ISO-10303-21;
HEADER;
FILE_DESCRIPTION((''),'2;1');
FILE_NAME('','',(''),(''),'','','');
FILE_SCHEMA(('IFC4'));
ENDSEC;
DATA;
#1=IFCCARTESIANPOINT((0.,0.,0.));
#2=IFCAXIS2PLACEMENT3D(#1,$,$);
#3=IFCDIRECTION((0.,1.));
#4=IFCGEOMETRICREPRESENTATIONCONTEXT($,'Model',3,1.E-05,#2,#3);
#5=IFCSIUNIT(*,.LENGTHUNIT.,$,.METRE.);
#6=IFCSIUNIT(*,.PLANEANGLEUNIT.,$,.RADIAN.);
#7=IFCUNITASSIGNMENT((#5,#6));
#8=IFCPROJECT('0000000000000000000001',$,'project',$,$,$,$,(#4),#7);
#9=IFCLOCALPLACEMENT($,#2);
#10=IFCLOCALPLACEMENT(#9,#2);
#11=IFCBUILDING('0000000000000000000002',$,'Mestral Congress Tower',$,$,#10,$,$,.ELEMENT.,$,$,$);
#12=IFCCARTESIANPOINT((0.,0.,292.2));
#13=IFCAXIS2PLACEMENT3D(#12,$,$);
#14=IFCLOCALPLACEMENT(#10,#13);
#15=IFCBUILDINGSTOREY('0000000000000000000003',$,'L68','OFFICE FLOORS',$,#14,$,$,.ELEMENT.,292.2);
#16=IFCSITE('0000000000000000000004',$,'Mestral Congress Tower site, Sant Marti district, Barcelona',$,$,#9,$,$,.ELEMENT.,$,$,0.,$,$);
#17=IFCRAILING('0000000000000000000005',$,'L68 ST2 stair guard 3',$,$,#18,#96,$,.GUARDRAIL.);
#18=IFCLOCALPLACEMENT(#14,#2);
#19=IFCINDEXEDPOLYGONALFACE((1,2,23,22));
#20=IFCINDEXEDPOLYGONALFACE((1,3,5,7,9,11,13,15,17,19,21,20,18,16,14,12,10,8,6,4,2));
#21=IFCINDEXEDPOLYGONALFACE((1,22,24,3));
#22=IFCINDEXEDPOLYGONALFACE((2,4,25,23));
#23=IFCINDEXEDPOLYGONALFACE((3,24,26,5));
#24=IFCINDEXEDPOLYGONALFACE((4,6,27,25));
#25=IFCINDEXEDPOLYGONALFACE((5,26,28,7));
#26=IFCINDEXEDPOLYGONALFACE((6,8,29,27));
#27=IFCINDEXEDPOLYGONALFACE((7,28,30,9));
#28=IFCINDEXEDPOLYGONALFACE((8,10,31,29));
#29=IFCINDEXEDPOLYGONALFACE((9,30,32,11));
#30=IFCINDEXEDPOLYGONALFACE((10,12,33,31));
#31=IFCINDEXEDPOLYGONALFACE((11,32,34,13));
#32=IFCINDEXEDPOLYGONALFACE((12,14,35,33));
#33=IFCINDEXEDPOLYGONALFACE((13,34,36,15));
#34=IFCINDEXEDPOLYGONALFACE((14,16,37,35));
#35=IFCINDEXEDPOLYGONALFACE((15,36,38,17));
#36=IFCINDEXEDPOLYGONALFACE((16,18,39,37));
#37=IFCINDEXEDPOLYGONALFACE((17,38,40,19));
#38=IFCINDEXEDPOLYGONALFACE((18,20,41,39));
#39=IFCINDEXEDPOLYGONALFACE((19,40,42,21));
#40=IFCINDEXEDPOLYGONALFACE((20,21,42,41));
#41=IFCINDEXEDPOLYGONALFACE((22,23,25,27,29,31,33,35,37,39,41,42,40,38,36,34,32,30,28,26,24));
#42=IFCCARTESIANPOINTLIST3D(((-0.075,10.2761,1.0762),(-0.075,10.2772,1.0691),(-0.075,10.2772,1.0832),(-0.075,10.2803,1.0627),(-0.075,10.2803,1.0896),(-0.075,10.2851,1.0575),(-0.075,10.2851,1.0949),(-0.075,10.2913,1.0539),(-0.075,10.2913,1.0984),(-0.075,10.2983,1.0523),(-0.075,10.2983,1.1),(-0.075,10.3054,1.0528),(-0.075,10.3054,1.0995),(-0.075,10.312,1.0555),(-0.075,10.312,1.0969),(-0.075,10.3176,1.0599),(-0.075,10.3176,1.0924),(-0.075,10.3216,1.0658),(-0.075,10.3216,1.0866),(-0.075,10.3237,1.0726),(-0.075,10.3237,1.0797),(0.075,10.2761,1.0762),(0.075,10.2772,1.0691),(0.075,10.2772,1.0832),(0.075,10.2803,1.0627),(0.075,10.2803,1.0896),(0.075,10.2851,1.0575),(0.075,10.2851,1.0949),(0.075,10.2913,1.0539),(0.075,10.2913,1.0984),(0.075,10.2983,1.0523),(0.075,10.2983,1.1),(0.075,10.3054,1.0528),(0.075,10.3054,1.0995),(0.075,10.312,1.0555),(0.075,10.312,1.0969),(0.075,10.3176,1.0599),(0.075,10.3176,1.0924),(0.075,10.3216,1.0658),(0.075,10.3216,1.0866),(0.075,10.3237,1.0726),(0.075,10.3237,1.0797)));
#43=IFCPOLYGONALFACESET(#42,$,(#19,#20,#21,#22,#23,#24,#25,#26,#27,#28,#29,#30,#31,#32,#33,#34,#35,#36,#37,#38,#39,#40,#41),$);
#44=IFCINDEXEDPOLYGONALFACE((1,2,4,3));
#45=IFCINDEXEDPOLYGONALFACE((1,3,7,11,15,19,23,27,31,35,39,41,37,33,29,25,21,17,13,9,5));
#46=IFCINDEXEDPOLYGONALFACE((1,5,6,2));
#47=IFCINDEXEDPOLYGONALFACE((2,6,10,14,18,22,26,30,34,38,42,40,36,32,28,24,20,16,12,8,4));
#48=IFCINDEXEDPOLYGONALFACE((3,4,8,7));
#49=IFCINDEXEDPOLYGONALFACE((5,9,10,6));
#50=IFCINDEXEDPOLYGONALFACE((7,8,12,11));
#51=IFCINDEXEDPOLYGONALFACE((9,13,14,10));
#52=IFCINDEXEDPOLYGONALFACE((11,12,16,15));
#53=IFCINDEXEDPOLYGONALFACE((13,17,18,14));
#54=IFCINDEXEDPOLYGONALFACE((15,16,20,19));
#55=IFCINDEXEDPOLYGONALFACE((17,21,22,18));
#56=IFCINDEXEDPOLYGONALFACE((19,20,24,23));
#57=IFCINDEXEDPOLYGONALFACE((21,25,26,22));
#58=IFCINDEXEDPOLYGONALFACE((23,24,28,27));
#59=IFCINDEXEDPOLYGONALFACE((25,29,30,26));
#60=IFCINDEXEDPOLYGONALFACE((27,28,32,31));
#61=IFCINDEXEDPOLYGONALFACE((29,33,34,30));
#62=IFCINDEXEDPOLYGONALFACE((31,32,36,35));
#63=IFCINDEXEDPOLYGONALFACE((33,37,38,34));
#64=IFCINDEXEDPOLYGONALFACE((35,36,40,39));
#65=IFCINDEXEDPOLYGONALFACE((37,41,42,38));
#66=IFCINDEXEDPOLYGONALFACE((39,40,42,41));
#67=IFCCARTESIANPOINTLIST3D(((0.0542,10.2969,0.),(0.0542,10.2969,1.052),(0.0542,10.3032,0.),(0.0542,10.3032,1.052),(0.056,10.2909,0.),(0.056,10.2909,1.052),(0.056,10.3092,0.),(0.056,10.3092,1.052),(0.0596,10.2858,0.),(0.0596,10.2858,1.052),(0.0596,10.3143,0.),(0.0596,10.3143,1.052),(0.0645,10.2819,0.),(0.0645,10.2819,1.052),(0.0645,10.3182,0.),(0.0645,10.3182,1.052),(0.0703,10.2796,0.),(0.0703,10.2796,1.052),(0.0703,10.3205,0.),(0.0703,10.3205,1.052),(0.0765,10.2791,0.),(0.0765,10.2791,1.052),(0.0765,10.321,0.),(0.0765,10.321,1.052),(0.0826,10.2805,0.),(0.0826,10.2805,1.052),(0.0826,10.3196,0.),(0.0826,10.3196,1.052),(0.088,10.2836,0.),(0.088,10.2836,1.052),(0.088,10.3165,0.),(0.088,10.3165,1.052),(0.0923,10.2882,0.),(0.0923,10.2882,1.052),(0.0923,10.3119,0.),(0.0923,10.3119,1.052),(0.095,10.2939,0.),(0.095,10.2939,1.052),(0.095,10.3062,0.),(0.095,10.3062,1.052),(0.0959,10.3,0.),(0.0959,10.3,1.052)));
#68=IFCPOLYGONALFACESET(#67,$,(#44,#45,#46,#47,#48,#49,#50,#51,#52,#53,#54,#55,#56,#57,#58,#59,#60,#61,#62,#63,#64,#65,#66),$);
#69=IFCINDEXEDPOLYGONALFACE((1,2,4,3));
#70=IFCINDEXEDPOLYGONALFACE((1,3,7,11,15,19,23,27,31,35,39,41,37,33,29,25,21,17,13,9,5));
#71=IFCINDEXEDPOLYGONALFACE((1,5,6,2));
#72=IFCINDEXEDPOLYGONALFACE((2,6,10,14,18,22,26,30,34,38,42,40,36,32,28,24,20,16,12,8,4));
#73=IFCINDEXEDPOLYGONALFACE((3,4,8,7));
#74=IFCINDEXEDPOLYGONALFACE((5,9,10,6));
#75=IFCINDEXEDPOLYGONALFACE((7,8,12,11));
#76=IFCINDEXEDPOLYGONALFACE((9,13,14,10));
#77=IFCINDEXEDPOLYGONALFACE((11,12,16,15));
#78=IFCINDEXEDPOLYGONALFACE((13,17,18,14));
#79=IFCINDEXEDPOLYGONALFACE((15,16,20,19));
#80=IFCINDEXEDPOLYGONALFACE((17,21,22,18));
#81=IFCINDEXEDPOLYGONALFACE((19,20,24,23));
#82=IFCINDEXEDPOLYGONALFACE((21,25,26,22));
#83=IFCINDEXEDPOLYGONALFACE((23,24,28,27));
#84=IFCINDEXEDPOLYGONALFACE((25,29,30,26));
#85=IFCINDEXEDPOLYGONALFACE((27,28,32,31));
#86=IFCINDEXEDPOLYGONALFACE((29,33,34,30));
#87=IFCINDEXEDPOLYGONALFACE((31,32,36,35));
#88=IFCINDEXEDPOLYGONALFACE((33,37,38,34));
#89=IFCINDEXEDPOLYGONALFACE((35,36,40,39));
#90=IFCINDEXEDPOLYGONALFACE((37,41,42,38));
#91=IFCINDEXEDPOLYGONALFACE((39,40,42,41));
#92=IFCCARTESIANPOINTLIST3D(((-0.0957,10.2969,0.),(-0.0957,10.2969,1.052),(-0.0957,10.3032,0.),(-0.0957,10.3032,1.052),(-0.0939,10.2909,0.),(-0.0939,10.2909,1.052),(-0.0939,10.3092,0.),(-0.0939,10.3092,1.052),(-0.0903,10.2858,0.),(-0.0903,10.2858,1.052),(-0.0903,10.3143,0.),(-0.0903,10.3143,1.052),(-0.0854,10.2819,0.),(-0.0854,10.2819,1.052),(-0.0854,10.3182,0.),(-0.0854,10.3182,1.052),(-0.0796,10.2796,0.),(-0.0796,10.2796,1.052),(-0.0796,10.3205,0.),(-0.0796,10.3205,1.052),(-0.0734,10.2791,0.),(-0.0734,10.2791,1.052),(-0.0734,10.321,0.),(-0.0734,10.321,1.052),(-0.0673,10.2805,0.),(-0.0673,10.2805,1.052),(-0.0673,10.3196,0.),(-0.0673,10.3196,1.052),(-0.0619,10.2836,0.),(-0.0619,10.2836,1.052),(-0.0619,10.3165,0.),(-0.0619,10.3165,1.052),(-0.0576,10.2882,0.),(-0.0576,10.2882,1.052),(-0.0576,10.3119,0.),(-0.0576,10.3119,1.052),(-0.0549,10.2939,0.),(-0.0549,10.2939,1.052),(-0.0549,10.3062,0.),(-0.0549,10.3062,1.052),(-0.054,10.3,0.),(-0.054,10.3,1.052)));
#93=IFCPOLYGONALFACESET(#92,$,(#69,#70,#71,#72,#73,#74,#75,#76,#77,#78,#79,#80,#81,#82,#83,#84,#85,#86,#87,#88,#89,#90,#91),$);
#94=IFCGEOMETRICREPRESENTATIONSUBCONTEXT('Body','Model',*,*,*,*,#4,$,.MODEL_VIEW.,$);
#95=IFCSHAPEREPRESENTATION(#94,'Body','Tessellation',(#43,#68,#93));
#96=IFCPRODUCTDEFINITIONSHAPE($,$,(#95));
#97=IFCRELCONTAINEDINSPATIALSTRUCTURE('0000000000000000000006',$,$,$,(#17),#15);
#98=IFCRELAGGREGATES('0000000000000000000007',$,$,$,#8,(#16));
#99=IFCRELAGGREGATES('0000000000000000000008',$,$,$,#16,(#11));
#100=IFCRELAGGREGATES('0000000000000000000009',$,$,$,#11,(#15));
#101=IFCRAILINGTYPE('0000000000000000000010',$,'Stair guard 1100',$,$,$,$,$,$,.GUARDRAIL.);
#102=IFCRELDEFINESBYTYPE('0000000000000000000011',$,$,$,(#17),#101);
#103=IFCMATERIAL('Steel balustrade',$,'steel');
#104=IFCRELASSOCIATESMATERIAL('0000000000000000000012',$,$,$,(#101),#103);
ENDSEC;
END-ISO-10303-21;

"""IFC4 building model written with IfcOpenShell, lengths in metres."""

from ifc_helpers import new_model, si_unit, direction, frame, origin, origin_2d, place, context, subcontext, project, spatial, circle, extrude, material, type_object, element, save


model = new_model("IFC4")

# Units and contexts
model_context = context("Model", 3, precision=1e-05, world=origin(), true_north=direction((0.0, 1.0)))
body_context = subcontext(model_context, "Body", "Model", "MODEL_VIEW")
ifc_project = project(units=[si_unit("LENGTHUNIT", "METRE"), si_unit("PLANEANGLEUNIT", "RADIAN")], contexts=[model_context])

# Site, building, storey
site_placement = place(None, origin())
site = spatial("IfcSite", under=ifc_project, at=site_placement, Name="Mestral Congress Tower site, Sant Marti district, Barcelona", CompositionType="ELEMENT", RefElevation=0.0)
building_placement = place(site_placement, origin())
building = spatial("IfcBuilding", under=site, at=building_placement, Name="Mestral Congress Tower", CompositionType="ELEMENT")
storey_placement = place(building_placement, frame((0.0, 0.0, 292.2)))
storey = spatial("IfcBuildingStorey", under=building, at=storey_placement, Name="L68", Description="OFFICE FLOORS", CompositionType="ELEMENT", Elevation=292.2)

# Railing
ifc_material_1 = material(Name="Steel balustrade", Category="steel")
railing_type_1 = type_object("IfcRailingType", Name="Stair guard 1100", PredefinedType="GUARDRAIL", material=ifc_material_1)
railing_1_placement = place(storey_placement, frame((0.075, 10.3, 0.0)))
element("IfcRailing", 1, at=railing_1_placement, inside=storey, type_object=railing_type_1, Name="L68 ST2 stair guard 3", PredefinedType="GUARDRAIL", context=body_context, shape_type="SweptSolid", body=[
    extrude(circle(Radius=0.0239, at=origin_2d()), frame((0.0, 0.0, 1.0762), z_axis=(-1.0, 0.0, 0.0), x_axis=(0.0, -1.0, 0.0)), (0.0, 0.0, 1.0), 0.1499),
    extrude(circle(Radius=0.021, at=origin_2d()), origin(), (0.0, 0.0, 1.0), 1.052),
    extrude(circle(Radius=0.021, at=origin_2d()), frame((-0.1499, 0.0, 0.0)), (0.0, 0.0, 1.0), 1.052),
])

save(model, "model.ifc")
